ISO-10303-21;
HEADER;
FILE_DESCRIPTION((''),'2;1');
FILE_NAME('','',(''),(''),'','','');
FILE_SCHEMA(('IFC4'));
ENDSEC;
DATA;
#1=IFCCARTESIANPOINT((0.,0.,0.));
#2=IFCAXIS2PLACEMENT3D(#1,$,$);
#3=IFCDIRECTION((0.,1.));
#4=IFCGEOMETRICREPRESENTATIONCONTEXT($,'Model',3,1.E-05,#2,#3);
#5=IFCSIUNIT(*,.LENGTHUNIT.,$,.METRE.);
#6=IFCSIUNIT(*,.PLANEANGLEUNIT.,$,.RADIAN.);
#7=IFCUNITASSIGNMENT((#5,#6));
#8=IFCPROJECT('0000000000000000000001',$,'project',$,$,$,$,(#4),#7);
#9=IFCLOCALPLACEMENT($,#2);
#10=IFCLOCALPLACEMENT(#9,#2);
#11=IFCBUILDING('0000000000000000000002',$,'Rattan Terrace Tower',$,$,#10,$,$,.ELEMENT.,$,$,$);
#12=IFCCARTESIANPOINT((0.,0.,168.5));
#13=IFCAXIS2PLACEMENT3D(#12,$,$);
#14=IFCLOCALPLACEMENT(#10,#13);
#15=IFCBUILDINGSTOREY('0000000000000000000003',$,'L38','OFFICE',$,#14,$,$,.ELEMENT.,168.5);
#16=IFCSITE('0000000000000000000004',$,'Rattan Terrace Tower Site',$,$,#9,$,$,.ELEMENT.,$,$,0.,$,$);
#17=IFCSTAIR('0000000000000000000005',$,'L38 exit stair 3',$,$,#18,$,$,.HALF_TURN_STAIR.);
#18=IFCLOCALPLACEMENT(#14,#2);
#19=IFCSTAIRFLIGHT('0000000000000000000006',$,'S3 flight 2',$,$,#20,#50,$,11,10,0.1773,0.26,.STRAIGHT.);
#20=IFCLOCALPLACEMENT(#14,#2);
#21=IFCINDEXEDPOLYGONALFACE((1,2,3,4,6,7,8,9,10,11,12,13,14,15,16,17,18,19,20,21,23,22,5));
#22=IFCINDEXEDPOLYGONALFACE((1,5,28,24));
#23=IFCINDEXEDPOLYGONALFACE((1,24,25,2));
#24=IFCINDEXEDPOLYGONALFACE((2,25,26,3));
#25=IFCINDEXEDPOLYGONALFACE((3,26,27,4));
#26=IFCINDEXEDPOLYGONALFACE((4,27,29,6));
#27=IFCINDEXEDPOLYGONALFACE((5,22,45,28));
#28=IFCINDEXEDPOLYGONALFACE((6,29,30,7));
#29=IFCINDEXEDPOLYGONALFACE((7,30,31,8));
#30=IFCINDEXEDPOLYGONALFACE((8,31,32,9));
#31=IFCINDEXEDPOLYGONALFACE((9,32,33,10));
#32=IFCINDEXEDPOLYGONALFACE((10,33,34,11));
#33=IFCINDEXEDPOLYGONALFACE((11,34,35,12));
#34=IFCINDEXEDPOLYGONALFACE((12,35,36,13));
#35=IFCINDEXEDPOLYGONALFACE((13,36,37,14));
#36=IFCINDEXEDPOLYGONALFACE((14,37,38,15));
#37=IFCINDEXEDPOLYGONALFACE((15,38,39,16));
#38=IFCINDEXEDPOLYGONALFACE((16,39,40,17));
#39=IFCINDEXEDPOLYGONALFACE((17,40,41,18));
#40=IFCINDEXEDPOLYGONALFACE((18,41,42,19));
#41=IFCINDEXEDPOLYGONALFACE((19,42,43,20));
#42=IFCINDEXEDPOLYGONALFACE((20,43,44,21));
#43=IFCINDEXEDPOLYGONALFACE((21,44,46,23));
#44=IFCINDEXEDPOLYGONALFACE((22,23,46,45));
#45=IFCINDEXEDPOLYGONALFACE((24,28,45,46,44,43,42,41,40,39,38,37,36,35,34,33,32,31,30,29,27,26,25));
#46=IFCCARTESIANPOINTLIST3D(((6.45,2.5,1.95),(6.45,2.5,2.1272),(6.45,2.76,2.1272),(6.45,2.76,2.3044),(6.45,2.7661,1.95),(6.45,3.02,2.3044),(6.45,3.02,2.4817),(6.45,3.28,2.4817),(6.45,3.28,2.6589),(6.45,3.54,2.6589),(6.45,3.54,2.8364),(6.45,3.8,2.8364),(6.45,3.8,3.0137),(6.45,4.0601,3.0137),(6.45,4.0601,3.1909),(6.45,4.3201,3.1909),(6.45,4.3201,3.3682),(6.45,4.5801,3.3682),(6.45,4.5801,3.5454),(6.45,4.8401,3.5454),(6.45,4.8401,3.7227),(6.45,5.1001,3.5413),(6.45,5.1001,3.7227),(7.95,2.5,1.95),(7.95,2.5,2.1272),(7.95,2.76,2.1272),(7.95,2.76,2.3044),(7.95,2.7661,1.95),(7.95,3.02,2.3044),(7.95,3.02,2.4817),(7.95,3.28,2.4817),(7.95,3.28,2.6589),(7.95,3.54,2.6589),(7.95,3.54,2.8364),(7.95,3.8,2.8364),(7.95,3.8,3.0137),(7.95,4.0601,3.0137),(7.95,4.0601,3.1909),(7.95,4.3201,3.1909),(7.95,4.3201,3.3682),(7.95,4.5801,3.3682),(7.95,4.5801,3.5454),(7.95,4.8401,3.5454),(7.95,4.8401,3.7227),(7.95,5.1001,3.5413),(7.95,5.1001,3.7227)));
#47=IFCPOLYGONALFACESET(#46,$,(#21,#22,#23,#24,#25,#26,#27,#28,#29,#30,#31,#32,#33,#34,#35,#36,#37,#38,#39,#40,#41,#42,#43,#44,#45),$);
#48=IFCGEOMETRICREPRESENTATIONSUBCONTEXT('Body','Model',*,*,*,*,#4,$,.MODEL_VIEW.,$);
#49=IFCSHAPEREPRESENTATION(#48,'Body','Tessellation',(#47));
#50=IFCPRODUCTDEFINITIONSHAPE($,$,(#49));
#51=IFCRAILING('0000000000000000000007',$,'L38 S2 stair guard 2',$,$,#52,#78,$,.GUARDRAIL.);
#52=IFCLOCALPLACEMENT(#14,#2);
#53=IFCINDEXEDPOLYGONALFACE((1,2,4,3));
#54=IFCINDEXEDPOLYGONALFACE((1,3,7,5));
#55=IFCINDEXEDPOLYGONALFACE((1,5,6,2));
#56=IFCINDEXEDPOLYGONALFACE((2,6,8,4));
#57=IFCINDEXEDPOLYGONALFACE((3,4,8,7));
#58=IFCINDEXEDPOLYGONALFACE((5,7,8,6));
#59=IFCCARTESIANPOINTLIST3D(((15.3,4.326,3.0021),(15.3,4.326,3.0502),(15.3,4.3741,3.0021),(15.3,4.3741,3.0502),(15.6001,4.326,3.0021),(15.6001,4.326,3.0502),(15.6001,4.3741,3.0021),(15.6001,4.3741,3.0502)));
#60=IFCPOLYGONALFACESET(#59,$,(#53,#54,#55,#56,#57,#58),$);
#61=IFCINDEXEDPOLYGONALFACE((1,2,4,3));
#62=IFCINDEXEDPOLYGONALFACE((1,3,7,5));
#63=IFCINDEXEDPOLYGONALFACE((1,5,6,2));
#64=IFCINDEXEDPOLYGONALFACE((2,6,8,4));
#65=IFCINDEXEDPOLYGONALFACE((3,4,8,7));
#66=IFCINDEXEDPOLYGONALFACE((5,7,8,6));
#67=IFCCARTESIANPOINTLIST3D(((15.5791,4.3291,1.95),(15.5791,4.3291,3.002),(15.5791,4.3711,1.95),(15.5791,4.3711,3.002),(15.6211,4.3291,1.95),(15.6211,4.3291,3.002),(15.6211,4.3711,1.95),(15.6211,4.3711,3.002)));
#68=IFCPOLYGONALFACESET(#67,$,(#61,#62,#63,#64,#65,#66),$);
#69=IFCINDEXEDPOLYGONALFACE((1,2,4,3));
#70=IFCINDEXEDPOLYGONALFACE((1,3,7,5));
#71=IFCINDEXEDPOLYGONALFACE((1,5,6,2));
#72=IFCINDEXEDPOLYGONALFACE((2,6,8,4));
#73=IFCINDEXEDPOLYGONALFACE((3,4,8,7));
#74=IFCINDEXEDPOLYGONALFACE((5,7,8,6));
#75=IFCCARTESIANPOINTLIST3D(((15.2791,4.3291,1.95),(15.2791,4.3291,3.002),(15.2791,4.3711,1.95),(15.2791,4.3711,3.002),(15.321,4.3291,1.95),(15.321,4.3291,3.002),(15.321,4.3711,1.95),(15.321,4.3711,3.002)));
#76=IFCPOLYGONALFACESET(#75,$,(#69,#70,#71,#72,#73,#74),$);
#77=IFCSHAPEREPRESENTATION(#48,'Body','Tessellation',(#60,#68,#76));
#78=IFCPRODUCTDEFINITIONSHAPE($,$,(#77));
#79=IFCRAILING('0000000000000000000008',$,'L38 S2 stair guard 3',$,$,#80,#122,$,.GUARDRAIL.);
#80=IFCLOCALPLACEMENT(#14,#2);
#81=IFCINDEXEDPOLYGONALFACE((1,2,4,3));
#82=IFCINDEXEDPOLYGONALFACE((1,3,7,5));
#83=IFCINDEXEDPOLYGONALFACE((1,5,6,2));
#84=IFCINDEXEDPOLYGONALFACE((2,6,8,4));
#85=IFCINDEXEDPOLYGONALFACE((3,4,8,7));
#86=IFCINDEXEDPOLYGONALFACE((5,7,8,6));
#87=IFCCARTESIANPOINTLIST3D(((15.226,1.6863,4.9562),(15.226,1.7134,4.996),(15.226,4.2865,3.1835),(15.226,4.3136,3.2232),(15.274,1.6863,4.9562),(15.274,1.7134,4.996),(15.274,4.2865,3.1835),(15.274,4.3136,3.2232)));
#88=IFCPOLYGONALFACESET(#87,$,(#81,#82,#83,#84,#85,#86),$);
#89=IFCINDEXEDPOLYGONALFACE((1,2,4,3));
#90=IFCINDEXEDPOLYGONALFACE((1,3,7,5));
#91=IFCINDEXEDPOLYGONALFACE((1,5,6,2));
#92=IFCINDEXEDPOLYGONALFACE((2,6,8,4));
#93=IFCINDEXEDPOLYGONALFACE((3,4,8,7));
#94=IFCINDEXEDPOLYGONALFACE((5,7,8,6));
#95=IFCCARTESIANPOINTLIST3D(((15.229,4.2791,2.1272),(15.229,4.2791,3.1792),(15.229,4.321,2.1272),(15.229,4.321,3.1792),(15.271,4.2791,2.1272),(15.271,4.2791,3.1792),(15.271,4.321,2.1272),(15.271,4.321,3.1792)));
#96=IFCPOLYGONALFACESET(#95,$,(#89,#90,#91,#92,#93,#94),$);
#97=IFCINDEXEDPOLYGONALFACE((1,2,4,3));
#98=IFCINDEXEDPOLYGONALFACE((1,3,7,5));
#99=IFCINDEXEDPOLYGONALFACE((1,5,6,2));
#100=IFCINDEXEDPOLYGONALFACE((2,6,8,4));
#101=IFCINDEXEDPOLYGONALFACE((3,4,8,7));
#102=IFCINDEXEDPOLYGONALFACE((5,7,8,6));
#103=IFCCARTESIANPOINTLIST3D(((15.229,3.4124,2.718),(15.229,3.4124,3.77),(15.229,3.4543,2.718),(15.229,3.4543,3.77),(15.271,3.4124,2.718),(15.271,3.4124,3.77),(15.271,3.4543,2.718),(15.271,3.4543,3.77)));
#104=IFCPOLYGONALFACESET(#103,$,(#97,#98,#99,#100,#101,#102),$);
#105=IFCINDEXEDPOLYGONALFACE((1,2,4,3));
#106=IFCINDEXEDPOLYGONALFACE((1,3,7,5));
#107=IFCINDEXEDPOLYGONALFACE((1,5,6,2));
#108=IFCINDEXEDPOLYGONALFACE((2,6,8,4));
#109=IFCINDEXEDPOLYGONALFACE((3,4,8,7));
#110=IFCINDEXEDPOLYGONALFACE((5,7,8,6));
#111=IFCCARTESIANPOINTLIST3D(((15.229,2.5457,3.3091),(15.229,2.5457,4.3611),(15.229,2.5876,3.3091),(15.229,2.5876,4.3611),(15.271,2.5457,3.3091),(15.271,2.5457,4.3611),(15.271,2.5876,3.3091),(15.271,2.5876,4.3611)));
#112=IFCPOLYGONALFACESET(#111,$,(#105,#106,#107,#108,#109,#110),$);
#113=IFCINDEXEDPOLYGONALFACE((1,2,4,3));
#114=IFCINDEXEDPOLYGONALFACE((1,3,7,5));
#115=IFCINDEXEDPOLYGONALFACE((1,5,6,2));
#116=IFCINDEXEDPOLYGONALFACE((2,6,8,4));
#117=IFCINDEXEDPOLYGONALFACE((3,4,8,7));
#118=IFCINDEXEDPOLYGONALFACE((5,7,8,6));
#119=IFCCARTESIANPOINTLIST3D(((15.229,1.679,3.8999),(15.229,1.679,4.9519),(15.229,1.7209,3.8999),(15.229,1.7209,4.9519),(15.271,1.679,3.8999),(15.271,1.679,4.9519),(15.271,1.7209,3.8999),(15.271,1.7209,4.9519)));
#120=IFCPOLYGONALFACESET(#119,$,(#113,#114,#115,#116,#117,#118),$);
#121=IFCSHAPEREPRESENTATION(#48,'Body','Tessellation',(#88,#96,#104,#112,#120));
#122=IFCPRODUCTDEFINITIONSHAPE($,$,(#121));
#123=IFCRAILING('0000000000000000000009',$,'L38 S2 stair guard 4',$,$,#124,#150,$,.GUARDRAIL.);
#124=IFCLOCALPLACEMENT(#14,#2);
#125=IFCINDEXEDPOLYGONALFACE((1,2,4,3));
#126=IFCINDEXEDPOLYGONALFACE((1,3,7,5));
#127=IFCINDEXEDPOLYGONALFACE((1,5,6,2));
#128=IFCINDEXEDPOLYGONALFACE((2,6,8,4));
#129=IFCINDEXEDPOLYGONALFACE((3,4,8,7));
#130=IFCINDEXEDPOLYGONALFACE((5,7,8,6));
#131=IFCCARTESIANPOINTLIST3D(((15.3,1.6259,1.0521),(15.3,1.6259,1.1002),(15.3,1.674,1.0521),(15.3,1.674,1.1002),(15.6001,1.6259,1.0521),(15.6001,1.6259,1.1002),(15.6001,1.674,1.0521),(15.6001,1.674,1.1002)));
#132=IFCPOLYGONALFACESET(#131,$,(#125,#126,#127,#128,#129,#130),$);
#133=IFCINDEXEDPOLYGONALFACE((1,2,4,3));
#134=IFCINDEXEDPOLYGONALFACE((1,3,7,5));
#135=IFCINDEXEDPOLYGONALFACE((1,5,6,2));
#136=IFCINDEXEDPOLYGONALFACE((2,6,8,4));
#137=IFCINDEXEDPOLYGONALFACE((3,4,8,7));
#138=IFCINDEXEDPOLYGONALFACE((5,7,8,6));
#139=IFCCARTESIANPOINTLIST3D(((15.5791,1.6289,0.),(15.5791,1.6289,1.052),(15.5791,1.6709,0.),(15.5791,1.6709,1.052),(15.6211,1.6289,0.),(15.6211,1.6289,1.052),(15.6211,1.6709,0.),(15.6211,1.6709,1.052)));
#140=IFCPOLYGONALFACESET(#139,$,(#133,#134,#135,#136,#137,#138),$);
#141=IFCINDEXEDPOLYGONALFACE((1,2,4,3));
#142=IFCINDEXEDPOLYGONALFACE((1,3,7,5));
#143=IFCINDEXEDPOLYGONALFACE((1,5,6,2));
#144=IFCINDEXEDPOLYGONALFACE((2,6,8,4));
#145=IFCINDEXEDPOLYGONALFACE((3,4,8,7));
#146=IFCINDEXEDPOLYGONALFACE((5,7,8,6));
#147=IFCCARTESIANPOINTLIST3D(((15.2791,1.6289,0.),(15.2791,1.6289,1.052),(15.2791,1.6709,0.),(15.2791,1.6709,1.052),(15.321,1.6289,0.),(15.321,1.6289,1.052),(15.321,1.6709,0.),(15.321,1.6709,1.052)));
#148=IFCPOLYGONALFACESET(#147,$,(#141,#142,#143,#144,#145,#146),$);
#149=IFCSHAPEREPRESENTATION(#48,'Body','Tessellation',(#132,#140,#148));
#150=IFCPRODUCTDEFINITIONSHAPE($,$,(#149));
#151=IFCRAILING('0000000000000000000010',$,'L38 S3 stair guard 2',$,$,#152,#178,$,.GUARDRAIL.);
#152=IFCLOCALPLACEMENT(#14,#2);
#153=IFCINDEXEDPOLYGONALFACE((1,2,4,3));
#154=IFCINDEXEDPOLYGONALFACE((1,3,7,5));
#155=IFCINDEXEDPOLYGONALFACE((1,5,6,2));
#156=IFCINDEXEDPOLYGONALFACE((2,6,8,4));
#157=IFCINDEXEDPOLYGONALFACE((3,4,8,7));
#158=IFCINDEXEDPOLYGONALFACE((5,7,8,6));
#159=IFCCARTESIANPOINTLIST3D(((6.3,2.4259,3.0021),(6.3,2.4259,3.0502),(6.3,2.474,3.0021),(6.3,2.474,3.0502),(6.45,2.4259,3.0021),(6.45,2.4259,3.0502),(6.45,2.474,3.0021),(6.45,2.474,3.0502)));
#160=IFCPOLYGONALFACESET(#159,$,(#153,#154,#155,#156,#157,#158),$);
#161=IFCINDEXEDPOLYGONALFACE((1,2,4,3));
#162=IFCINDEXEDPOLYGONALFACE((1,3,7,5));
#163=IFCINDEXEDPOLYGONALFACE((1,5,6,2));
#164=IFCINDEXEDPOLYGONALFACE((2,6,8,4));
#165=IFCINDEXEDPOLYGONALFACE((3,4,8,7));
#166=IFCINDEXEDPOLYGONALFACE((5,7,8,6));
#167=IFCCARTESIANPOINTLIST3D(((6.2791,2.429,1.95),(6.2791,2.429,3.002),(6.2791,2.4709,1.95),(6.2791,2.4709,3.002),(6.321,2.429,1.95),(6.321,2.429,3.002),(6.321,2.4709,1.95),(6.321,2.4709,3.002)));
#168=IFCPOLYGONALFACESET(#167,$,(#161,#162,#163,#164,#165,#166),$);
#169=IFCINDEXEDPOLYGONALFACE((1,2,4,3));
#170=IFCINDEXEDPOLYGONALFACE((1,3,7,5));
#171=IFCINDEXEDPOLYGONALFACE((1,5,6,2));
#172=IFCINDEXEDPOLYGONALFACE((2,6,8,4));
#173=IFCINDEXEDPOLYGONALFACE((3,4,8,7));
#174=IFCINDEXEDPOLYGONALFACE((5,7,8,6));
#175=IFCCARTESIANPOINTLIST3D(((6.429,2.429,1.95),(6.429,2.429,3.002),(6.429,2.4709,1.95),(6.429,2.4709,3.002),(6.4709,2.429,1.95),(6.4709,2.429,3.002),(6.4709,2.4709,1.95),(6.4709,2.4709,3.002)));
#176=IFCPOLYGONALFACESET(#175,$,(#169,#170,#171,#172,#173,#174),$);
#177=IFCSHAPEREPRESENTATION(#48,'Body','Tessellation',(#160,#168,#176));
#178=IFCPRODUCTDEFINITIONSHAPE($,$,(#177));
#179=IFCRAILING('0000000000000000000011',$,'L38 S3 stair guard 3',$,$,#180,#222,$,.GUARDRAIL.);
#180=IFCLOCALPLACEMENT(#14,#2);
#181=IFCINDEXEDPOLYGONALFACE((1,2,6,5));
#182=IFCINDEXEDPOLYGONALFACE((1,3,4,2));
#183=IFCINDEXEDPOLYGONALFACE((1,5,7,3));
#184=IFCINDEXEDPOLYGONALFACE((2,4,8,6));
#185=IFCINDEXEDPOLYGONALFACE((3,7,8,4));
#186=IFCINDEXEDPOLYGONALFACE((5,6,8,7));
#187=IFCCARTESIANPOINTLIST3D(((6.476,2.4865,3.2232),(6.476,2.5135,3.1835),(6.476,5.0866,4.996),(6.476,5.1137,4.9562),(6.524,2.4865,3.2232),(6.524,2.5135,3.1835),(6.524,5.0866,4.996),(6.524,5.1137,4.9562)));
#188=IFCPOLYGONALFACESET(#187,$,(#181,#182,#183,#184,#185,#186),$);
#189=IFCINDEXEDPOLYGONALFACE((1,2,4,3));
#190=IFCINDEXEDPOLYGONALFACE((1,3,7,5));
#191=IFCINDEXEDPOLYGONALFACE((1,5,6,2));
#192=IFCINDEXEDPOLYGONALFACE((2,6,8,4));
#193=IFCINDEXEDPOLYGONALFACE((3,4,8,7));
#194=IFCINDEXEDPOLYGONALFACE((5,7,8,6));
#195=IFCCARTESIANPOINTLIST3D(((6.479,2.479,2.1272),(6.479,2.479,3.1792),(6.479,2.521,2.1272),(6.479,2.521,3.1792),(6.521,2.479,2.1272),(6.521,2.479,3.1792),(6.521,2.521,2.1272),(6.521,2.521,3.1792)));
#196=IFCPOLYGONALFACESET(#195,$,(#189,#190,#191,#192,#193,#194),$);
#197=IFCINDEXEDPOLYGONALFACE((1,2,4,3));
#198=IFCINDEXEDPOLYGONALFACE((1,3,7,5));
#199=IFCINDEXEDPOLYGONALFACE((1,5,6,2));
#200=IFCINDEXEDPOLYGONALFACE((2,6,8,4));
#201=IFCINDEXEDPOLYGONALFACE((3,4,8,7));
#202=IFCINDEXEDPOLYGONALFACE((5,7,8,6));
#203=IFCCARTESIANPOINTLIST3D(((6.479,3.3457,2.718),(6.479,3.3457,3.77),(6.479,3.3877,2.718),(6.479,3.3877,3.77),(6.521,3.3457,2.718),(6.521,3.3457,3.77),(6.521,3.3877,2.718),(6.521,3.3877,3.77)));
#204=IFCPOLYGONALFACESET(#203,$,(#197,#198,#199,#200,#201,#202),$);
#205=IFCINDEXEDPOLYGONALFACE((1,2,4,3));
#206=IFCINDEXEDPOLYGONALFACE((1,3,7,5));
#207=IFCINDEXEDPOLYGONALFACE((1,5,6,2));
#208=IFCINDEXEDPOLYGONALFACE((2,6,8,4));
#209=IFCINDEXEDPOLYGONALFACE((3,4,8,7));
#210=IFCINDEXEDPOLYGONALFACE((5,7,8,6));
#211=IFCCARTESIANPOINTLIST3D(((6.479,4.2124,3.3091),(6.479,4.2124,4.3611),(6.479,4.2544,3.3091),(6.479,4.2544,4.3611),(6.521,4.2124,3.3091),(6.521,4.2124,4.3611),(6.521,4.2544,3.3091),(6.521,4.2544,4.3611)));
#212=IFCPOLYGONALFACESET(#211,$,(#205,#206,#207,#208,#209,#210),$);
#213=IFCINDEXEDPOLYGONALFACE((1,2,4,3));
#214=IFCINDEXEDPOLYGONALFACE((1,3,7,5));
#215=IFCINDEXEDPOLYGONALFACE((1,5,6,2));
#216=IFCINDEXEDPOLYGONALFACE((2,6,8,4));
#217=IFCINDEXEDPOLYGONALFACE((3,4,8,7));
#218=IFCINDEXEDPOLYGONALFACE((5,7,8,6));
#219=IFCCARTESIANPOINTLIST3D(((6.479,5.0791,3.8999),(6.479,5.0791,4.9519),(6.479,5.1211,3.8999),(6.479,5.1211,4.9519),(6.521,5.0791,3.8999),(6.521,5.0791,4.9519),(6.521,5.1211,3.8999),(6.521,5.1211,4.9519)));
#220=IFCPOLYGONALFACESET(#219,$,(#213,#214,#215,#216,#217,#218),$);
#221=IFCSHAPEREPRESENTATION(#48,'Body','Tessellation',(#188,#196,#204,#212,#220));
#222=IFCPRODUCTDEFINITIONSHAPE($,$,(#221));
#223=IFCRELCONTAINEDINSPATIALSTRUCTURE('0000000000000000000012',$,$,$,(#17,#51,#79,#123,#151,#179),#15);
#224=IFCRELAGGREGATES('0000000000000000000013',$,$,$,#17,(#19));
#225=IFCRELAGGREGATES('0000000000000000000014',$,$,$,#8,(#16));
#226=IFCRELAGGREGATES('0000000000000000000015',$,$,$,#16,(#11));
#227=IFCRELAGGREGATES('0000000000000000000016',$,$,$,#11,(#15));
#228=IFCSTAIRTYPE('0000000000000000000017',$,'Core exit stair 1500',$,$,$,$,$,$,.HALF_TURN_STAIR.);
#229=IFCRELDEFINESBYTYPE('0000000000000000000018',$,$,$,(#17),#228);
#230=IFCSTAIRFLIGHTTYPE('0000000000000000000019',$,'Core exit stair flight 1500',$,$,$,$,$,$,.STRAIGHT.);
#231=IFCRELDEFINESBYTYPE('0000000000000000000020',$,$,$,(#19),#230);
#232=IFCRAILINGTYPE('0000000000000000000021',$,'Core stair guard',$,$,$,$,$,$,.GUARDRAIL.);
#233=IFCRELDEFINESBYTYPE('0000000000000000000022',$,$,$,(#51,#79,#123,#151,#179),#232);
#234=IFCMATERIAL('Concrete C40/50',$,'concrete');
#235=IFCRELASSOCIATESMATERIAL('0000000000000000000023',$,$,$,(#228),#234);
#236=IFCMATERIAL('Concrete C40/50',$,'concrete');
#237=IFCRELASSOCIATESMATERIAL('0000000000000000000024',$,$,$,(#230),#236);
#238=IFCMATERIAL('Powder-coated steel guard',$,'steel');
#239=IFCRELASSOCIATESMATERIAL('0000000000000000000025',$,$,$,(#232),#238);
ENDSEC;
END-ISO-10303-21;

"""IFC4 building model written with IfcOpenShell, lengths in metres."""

from ifc_helpers import new_model, si_unit, direction, frame, origin, origin_2d, place, context, subcontext, project, spatial, polyline, rectangle, outline, extrude, material, type_object, element, aggregate, save


model = new_model("IFC4")

# Units and contexts
model_context = context("Model", 3, precision=1e-05, world=origin(), true_north=direction((0.0, 1.0)))
body_context = subcontext(model_context, "Body", "Model", "MODEL_VIEW")
ifc_project = project(units=[si_unit("LENGTHUNIT", "METRE"), si_unit("PLANEANGLEUNIT", "RADIAN")], contexts=[model_context])

# Site, building, storey
site_placement = place(None, origin())
site = spatial("IfcSite", under=ifc_project, at=site_placement, Name="Rattan Terrace Tower Site", CompositionType="ELEMENT", RefElevation=0.0)
building_placement = place(site_placement, origin())
building = spatial("IfcBuilding", under=site, at=building_placement, Name="Rattan Terrace Tower", CompositionType="ELEMENT")
storey_placement = place(building_placement, frame((0.0, 0.0, 168.5)))
storey = spatial("IfcBuildingStorey", under=building, at=storey_placement, Name="L38", Description="OFFICE", CompositionType="ELEMENT", Elevation=168.5)

# Stair
ifc_material_1 = material(Name="Concrete C40/50", Category="concrete")
stair_type = type_object("IfcStairType", Name="Core exit stair 1500", PredefinedType="HALF_TURN_STAIR", material=ifc_material_1)
stair_1_placement = place(storey_placement, origin())
stair_1 = element("IfcStair", 1, at=stair_1_placement, inside=storey, type_object=stair_type, Name="L38 exit stair 3", PredefinedType="HALF_TURN_STAIR")

# Shared definitions
ifc_material_2 = material(Name="Concrete C40/50", Category="concrete")
stair_flight_type = type_object("IfcStairFlightType", Name="Core exit stair flight 1500", PredefinedType="STRAIGHT", material=ifc_material_2)

# Stair flight
stair_flight_1_placement = place(storey_placement, frame((7.2, 2.5, 1.95), z_axis=(0.0, 0.0, 1.0), x_axis=(0.0, 1.0, 0.0)))
stair_flight_1 = element("IfcStairFlight", 2, at=stair_flight_1_placement, type_object=stair_flight_type, Name="S3 flight 2", NumberOfRisers=11, NumberOfTreads=10, PredefinedType="STRAIGHT", RiserHeight=0.1773, TreadLength=0.26, context=body_context, shape_type="SweptSolid", body=[
    extrude(outline(polyline([(0.0, 0.0), (0.0, 0.1772), (0.26, 0.1772), (0.26, 0.3545), (0.52, 0.3545), (0.52, 0.5317), (0.78, 0.5317), (0.78, 0.709), (1.04, 0.709), (1.04, 0.8865), (1.3, 0.8865), (1.3, 1.0637), (1.5601, 1.0637), (1.5601, 1.241), (1.8201, 1.241), (1.8201, 1.4182), (2.0801, 1.4182), (2.0801, 1.5955), (2.3401, 1.5955), (2.3401, 1.7727), (2.6001, 1.7727), (2.6001, 1.95), (2.6001, 1.5913), (0.2661, 0.0), (0.0, 0.0)])), frame((0.0, 0.75, 0.0), z_axis=(0.0, -1.0, 0.0), x_axis=(1.0, 0.0, 0.0)), (0.0, 0.0, 1.0), 1.5),
])
aggregate(stair_1, [stair_flight_1])

# Railings
ifc_material_3 = material(Name="Powder-coated steel guard", Category="steel")
railing_type_1 = type_object("IfcRailingType", Name="Core stair guard", PredefinedType="GUARDRAIL", material=ifc_material_3)
railing_1_placement = place(storey_placement, frame((15.6001, 4.3501, 1.95)))
element("IfcRailing", 3, at=railing_1_placement, inside=storey, type_object=railing_type_1, Name="L38 S2 stair guard 2", PredefinedType="GUARDRAIL", context=body_context, shape_type="SweptSolid", body=[
    extrude(rectangle(XDim=0.0481, YDim=0.0481, at=origin_2d()), frame((0.0, 0.0, 1.0762), z_axis=(-1.0, 0.0, 0.0), x_axis=(0.0, -1.0, 0.0)), (0.0, 0.0, 1.0), 0.3),
    extrude(rectangle(XDim=0.042, YDim=0.042, at=origin_2d()), origin(), (0.0, 0.0, 1.0), 1.052),
    extrude(rectangle(XDim=0.042, YDim=0.042, at=origin_2d()), frame((-0.3, 0.0, 0.0)), (0.0, 0.0, 1.0), 1.052),
])
railing_2_placement = place(storey_placement, frame((15.25, 4.3, 2.1272)))
element("IfcRailing", 4, at=railing_2_placement, inside=storey, type_object=railing_type_1, Name="L38 S2 stair guard 3", PredefinedType="GUARDRAIL", context=body_context, shape_type="SweptSolid", body=[
    extrude(rectangle(XDim=0.0481, YDim=0.0481, at=origin_2d()), frame((0.0, 0.0, 1.0762), z_axis=(0.0, -0.82624, 0.563318), x_axis=(1.0, 0.0, 0.0)), (0.0, 0.0, 1.0), 3.147),
    extrude(rectangle(XDim=0.042, YDim=0.042, at=origin_2d()), origin(), (0.0, 0.0, 1.0), 1.052),
    extrude(rectangle(XDim=0.042, YDim=0.042, at=origin_2d()), frame((0.0, -0.8667, 0.5908)), (0.0, 0.0, 1.0), 1.052),
    extrude(rectangle(XDim=0.042, YDim=0.042, at=origin_2d()), frame((0.0, -1.7334, 1.1819)), (0.0, 0.0, 1.0), 1.052),
    extrude(rectangle(XDim=0.042, YDim=0.042, at=origin_2d()), frame((0.0, -2.6001, 1.7727)), (0.0, 0.0, 1.0), 1.052),
])
railing_3_placement = place(storey_placement, frame((15.6001, 1.6499, 0.0)))
element("IfcRailing", 5, at=railing_3_placement, inside=storey, type_object=railing_type_1, Name="L38 S2 stair guard 4", PredefinedType="GUARDRAIL", context=body_context, shape_type="SweptSolid", body=[
    extrude(rectangle(XDim=0.0481, YDim=0.0481, at=origin_2d()), frame((0.0, 0.0, 1.0762), z_axis=(-1.0, 0.0, 0.0), x_axis=(0.0, -1.0, 0.0)), (0.0, 0.0, 1.0), 0.3),
    extrude(rectangle(XDim=0.042, YDim=0.042, at=origin_2d()), origin(), (0.0, 0.0, 1.0), 1.052),
    extrude(rectangle(XDim=0.042, YDim=0.042, at=origin_2d()), frame((-0.3, 0.0, 0.0)), (0.0, 0.0, 1.0), 1.052),
])
railing_4_placement = place(storey_placement, frame((6.3, 2.45, 1.95)))
element("IfcRailing", 6, at=railing_4_placement, inside=storey, type_object=railing_type_1, Name="L38 S3 stair guard 2", PredefinedType="GUARDRAIL", context=body_context, shape_type="SweptSolid", body=[
    extrude(rectangle(XDim=0.0481, YDim=0.0481, at=origin_2d()), frame((0.0, 0.0, 1.0762), z_axis=(1.0, 0.0, 0.0), x_axis=(0.0, 1.0, 0.0)), (0.0, 0.0, 1.0), 0.1499),
    extrude(rectangle(XDim=0.042, YDim=0.042, at=origin_2d()), origin(), (0.0, 0.0, 1.0), 1.052),
    extrude(rectangle(XDim=0.042, YDim=0.042, at=origin_2d()), frame((0.1499, 0.0, 0.0)), (0.0, 0.0, 1.0), 1.052),
])
railing_5_placement = place(storey_placement, frame((6.5, 2.5, 2.1272)))
element("IfcRailing", 7, at=railing_5_placement, inside=storey, type_object=railing_type_1, Name="L38 S3 stair guard 3", PredefinedType="GUARDRAIL", context=body_context, shape_type="SweptSolid", body=[
    extrude(rectangle(XDim=0.0481, YDim=0.0481, at=origin_2d()), frame((0.0, 0.0, 1.0762), z_axis=(0.0, 0.82624, 0.563318), x_axis=(-1.0, 0.0, 0.0)), (0.0, 0.0, 1.0), 3.147),
    extrude(rectangle(XDim=0.042, YDim=0.042, at=origin_2d()), origin(), (0.0, 0.0, 1.0), 1.052),
    extrude(rectangle(XDim=0.042, YDim=0.042, at=origin_2d()), frame((0.0, 0.8667, 0.5908)), (0.0, 0.0, 1.0), 1.052),
    extrude(rectangle(XDim=0.042, YDim=0.042, at=origin_2d()), frame((0.0, 1.7334, 1.1819)), (0.0, 0.0, 1.0), 1.052),
    extrude(rectangle(XDim=0.042, YDim=0.042, at=origin_2d()), frame((0.0, 2.6001, 1.7727)), (0.0, 0.0, 1.0), 1.052),
])

save(model, "model.ifc")
